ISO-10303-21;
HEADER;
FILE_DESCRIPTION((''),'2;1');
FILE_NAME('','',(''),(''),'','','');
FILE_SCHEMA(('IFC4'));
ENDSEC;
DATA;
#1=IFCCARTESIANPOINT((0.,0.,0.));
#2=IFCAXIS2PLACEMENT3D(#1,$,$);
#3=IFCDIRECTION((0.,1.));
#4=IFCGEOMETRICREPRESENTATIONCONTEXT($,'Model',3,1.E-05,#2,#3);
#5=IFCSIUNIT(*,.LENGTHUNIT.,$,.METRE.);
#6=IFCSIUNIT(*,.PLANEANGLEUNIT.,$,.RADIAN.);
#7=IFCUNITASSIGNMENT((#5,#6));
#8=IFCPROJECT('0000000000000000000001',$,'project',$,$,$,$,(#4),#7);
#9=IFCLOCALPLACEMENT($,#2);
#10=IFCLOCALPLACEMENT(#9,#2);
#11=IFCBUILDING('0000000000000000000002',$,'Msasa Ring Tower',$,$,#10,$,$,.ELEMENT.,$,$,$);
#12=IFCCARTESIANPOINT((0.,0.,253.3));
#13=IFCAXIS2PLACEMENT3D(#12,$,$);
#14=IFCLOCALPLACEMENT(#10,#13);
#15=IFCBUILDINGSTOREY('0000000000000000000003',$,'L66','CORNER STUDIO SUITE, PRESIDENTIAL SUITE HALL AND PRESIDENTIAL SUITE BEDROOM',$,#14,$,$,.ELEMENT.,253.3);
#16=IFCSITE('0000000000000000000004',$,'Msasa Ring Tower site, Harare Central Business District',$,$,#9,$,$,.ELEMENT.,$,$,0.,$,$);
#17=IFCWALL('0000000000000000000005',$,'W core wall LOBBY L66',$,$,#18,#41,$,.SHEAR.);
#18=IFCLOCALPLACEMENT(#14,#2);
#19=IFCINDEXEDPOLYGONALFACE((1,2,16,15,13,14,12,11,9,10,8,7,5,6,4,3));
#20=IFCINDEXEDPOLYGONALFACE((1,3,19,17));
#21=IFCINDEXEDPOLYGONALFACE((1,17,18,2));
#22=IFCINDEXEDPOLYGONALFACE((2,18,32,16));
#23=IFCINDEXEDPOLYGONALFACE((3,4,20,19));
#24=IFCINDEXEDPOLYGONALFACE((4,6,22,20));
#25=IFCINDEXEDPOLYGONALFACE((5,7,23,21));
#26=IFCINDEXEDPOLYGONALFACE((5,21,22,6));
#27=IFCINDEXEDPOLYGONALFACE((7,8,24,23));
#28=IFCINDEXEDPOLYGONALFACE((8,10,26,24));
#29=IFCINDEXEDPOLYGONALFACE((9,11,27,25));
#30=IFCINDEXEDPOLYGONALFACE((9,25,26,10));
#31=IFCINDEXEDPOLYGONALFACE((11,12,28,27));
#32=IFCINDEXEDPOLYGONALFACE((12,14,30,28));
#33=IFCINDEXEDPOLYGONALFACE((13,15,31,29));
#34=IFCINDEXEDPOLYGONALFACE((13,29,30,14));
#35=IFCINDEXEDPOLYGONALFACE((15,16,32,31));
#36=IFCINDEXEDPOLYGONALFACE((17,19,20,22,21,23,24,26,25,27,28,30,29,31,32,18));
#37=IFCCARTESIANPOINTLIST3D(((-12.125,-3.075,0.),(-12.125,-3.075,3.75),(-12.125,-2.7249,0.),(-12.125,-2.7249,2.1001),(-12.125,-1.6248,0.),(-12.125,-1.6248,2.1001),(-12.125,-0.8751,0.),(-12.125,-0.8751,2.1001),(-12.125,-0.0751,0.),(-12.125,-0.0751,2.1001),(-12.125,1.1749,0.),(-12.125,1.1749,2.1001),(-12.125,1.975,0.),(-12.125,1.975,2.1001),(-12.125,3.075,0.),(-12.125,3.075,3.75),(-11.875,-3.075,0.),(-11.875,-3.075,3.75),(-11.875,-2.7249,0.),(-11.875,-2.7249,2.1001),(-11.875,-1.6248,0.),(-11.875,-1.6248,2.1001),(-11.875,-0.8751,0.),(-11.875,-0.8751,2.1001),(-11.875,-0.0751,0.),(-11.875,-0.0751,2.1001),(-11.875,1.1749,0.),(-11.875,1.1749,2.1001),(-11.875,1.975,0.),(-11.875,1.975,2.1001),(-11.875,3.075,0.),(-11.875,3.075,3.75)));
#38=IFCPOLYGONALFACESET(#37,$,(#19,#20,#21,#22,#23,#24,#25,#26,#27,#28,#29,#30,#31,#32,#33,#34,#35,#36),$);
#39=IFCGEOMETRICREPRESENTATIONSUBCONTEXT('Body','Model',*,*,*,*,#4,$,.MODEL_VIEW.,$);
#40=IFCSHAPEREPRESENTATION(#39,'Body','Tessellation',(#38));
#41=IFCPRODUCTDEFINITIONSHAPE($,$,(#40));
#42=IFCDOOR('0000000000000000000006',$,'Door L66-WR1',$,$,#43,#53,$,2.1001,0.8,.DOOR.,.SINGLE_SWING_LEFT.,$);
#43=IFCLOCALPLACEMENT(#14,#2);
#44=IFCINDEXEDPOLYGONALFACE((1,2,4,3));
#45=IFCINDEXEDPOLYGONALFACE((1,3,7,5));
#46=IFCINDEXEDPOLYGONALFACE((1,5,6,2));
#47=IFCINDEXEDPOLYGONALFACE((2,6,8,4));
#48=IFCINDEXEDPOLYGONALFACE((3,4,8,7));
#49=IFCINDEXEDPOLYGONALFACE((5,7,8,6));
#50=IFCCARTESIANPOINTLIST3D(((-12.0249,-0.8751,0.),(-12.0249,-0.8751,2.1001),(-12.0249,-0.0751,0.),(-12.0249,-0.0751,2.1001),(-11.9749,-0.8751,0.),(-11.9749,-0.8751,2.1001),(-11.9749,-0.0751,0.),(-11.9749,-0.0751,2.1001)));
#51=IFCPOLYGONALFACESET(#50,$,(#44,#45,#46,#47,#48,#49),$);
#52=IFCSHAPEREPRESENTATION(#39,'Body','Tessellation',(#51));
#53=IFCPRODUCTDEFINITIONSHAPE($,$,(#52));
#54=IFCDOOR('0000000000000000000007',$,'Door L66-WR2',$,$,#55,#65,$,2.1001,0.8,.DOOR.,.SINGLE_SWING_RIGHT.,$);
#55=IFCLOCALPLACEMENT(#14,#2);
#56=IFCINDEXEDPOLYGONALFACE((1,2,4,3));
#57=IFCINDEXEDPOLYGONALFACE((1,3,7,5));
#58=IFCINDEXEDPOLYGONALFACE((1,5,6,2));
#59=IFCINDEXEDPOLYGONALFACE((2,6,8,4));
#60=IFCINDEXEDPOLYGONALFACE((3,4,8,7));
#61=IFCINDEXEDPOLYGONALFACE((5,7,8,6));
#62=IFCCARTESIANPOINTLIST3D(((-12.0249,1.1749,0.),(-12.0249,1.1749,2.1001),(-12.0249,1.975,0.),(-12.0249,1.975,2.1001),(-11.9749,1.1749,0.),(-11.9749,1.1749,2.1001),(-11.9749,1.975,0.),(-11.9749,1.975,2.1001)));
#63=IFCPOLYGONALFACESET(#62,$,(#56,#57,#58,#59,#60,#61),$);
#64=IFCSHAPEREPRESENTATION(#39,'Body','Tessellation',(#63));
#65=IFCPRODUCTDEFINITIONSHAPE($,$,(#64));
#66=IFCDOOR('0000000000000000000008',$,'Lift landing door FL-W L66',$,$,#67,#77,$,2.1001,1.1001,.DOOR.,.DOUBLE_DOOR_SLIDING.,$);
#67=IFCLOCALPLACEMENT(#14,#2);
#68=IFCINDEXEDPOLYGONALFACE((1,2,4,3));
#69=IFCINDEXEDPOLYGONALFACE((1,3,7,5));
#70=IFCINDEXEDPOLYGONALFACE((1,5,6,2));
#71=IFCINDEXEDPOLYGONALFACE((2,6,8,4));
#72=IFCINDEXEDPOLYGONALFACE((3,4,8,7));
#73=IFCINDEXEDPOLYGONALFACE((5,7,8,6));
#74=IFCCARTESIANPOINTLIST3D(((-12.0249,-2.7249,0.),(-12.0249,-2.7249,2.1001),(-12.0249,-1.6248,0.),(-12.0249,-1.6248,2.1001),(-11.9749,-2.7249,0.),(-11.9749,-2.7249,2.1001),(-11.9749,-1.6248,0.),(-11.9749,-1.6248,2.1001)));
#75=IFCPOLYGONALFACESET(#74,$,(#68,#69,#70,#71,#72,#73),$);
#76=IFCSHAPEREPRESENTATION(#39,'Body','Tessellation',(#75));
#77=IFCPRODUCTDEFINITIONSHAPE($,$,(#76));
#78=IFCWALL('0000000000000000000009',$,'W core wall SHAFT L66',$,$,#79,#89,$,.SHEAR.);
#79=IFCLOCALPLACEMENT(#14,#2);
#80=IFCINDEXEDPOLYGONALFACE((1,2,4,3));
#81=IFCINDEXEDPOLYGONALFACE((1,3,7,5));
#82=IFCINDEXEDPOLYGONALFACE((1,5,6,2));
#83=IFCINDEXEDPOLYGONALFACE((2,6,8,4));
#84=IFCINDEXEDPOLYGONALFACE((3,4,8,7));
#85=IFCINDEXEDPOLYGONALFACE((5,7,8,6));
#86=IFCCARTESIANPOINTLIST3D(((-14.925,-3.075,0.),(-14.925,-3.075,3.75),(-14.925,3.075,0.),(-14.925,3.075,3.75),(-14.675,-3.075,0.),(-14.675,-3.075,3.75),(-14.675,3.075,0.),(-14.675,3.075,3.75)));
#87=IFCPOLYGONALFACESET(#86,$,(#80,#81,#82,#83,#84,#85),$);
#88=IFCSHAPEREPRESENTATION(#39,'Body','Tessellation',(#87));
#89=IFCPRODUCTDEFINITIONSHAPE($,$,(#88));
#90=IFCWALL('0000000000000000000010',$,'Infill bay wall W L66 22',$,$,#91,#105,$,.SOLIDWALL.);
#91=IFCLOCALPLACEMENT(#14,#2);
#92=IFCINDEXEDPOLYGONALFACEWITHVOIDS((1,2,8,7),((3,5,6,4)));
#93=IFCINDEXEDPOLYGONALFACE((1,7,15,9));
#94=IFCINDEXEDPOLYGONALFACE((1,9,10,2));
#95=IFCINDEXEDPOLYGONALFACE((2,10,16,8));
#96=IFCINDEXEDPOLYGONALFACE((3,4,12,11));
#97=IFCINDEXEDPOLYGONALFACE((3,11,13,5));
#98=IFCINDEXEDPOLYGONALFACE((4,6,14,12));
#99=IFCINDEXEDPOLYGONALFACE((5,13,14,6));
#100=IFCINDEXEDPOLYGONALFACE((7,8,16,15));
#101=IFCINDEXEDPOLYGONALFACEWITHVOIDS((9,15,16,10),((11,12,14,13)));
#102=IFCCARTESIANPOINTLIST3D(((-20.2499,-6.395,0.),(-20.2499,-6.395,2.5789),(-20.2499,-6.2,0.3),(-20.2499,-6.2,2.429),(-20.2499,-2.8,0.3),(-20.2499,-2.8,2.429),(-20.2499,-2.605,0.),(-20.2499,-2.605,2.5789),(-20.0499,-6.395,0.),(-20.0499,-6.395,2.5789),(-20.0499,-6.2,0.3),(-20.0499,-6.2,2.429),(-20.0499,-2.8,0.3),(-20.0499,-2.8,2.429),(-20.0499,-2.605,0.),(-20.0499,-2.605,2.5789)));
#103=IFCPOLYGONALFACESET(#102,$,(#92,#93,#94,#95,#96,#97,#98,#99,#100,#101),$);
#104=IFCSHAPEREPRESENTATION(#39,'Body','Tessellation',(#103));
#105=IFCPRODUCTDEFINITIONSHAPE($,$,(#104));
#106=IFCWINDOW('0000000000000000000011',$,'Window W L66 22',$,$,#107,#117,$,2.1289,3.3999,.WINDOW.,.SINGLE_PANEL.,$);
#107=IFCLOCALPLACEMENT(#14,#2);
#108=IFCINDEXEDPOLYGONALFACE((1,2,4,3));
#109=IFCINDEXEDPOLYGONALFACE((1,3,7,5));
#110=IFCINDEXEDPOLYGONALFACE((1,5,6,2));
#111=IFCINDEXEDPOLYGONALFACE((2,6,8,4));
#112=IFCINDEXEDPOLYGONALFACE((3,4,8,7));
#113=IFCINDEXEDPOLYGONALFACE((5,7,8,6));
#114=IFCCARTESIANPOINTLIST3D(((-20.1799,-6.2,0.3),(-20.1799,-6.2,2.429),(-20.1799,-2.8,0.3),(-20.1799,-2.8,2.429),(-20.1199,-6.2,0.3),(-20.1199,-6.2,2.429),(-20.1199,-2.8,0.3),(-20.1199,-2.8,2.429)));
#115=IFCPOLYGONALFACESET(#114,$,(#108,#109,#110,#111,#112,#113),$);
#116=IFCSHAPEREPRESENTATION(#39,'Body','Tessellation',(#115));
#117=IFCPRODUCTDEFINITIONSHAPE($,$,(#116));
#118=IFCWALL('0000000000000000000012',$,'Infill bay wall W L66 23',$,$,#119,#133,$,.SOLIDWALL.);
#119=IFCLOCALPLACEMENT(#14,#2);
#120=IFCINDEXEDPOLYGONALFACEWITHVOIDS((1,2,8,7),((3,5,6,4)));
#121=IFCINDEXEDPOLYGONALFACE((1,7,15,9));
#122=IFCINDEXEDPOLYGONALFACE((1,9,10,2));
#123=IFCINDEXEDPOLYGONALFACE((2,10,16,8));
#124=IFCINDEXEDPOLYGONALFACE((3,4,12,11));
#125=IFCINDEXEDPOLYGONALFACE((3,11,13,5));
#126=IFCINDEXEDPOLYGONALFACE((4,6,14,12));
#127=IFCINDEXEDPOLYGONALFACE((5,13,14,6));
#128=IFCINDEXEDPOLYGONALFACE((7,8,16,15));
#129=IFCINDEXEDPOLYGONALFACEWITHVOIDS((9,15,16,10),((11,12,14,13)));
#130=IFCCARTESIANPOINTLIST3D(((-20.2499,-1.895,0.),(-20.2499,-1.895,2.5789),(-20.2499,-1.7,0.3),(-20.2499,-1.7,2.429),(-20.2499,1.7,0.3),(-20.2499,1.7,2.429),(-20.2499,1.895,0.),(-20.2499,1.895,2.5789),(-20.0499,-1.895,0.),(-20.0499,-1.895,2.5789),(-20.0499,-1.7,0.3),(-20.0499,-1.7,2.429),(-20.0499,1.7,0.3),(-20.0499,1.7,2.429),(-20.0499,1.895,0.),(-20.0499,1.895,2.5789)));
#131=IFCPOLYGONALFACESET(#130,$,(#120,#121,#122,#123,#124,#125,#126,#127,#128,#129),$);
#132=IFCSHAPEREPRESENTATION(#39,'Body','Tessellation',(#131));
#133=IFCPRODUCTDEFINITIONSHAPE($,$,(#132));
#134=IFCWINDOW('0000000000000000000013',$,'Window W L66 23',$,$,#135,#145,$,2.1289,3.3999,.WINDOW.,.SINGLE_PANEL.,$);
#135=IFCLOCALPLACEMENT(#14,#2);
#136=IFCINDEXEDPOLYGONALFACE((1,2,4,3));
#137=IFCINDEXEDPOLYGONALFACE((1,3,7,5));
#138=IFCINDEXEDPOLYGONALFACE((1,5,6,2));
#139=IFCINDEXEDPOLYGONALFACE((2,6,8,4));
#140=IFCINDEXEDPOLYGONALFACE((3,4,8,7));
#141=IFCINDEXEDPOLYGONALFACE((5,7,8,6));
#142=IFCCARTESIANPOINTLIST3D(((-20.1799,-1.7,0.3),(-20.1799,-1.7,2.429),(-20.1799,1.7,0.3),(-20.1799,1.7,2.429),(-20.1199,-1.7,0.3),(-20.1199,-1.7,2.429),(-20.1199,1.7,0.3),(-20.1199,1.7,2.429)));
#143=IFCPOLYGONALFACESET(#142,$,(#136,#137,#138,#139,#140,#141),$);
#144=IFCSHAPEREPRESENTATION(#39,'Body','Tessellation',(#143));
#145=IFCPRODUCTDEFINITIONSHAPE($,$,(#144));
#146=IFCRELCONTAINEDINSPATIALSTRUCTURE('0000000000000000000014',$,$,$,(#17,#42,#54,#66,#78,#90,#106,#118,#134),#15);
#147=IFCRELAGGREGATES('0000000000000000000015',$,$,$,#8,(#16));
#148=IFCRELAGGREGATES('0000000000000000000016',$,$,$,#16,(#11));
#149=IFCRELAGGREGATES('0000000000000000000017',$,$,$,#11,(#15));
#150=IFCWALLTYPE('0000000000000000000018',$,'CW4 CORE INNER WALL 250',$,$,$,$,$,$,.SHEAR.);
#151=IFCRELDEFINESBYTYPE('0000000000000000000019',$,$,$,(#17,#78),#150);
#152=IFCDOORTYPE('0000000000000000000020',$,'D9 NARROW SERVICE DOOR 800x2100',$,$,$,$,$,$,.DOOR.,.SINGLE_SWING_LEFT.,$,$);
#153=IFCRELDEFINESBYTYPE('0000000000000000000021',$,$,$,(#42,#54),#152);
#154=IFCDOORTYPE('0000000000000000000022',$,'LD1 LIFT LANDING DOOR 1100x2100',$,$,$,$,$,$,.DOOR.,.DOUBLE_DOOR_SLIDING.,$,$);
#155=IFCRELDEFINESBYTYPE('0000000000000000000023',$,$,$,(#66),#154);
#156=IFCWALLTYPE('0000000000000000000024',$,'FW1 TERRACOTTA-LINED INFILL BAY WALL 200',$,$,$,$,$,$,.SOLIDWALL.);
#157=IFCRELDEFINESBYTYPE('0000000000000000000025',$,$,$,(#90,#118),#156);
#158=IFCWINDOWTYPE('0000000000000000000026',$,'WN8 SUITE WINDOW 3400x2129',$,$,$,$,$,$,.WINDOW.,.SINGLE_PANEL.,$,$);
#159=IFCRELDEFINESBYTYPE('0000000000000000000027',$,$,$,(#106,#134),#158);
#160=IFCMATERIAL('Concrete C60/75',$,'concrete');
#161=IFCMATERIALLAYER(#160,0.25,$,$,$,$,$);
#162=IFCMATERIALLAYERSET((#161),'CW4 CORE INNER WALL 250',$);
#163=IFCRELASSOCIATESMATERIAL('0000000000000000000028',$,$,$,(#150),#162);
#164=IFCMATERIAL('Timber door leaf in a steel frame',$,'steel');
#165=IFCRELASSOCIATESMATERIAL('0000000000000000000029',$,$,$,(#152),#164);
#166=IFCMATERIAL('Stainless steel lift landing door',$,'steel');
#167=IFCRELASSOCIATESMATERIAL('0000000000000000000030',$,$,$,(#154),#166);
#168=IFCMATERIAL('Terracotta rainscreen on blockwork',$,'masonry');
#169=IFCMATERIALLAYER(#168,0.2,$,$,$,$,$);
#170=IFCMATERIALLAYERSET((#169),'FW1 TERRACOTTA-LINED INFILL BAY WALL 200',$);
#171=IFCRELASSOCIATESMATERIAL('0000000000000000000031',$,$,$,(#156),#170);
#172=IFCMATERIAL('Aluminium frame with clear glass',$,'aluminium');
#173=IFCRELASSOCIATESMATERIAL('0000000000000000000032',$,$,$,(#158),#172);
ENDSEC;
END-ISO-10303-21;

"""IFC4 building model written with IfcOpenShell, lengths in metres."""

from ifc_helpers import new_model, si_unit, direction, frame, frame_2d, origin, place, context, subcontext, project, spatial, rectangle, extrude, material, layer, layer_set, type_object, element, fill, save


model = new_model("IFC4")

# Units and contexts
model_context = context("Model", 3, precision=1e-05, world=origin(), true_north=direction((0.0, 1.0)))
body_context = subcontext(model_context, "Body", "Model", "MODEL_VIEW")
ifc_project = project(units=[si_unit("LENGTHUNIT", "METRE"), si_unit("PLANEANGLEUNIT", "RADIAN")], contexts=[model_context])

# Site, building, storey
site_placement = place(None, origin())
site = spatial("IfcSite", under=ifc_project, at=site_placement, Name="Msasa Ring Tower site, Harare Central Business District", CompositionType="ELEMENT", RefElevation=0.0)
building_placement = place(site_placement, origin())
building = spatial("IfcBuilding", under=site, at=building_placement, Name="Msasa Ring Tower", CompositionType="ELEMENT")
storey_placement = place(building_placement, frame((0.0, 0.0, 253.3)))
storey = spatial("IfcBuildingStorey", under=building, at=storey_placement, Name="L66", Description="CORNER STUDIO SUITE, PRESIDENTIAL SUITE HALL AND PRESIDENTIAL SUITE BEDROOM", CompositionType="ELEMENT", Elevation=253.3)

# Shared definitions
ifc_material_1 = material(Name="Concrete C60/75", Category="concrete")
ifc_layer_1 = layer(ifc_material_1, 0.25)
ifc_layer_set_1 = layer_set([ifc_layer_1], Name="CW4 CORE INNER WALL 250")
wall_type_1 = type_object("IfcWallType", Name="CW4 CORE INNER WALL 250", PredefinedType="SHEAR", material=ifc_layer_set_1)

# Wall, openings, doors
wall_1_placement = place(storey_placement, frame((-12.0, -3.075, 0.0), z_axis=(0.0, 0.0, 1.0), x_axis=(0.0, 1.0, 0.0)))
wall_1 = element("IfcWall", 1, at=wall_1_placement, inside=storey, type_object=wall_type_1, Name="W core wall LOBBY L66", PredefinedType="SHEAR", context=body_context, shape_type="SweptSolid", body=[
    extrude(rectangle(XDim=6.1499, YDim=0.25, at=frame_2d((3.075, 0.0))), origin(), (0.0, 0.0, 1.0), 3.75),
])
opening_1_placement = place(wall_1_placement, frame((2.2, 0.0, 0.0)))
opening_1 = element("IfcOpeningElement", 2, at=opening_1_placement, cuts=wall_1, PredefinedType="OPENING", context=body_context, shape_type="SweptSolid", body=[
    extrude(rectangle(XDim=0.8, YDim=2.1001, at=frame_2d((0.3999, 1.05))), frame((0.0, 0.135, 0.0), z_axis=(0.0, -1.0, 0.0), x_axis=(1.0, 0.0, 0.0)), (0.0, 0.0, 1.0), 0.27),
])
opening_2_placement = place(wall_1_placement, frame((4.25, 0.0, 0.0)))
opening_2 = element("IfcOpeningElement", 3, at=opening_2_placement, cuts=wall_1, PredefinedType="OPENING", context=body_context, shape_type="SweptSolid", body=[
    extrude(rectangle(XDim=0.8, YDim=2.1001, at=frame_2d((0.3999, 1.05))), frame((0.0, 0.135, 0.0), z_axis=(0.0, -1.0, 0.0), x_axis=(1.0, 0.0, 0.0)), (0.0, 0.0, 1.0), 0.27),
])
opening_3_placement = place(wall_1_placement, frame((0.3501, 0.0, 0.0)))
opening_3 = element("IfcOpeningElement", 4, at=opening_3_placement, cuts=wall_1, PredefinedType="OPENING", context=body_context, shape_type="SweptSolid", body=[
    extrude(rectangle(XDim=1.1001, YDim=2.1001, at=frame_2d((0.55, 1.05))), frame((0.0, 0.135, 0.0), z_axis=(0.0, -1.0, 0.0), x_axis=(1.0, 0.0, 0.0)), (0.0, 0.0, 1.0), 0.27),
])
ifc_material_2 = material(Name="Timber door leaf in a steel frame", Category="steel")
door_type_1 = type_object("IfcDoorType", Name="D9 NARROW SERVICE DOOR 800x2100", OperationType="SINGLE_SWING_LEFT", PredefinedType="DOOR", material=ifc_material_2)
door_1_placement = place(opening_1_placement, origin())
door_1 = element("IfcDoor", 5, at=door_1_placement, inside=storey, type_object=door_type_1, Name="Door L66-WR1", OperationType="SINGLE_SWING_LEFT", OverallHeight=2.1001, OverallWidth=0.8, PredefinedType="DOOR", context=body_context, shape_type="SweptSolid", body=[
    extrude(rectangle(XDim=0.8, YDim=2.1001, at=frame_2d((0.3999, 1.05))), frame((0.0, 0.0249, 0.0), z_axis=(0.0, -1.0, 0.0), x_axis=(1.0, 0.0, 0.0)), (0.0, 0.0, 1.0), 0.05),
])
fill(opening_1, door_1)
door_2_placement = place(opening_2_placement, origin())
door_2 = element("IfcDoor", 6, at=door_2_placement, inside=storey, type_object=door_type_1, Name="Door L66-WR2", OperationType="SINGLE_SWING_RIGHT", OverallHeight=2.1001, OverallWidth=0.8, PredefinedType="DOOR", context=body_context, shape_type="SweptSolid", body=[
    extrude(rectangle(XDim=0.8, YDim=2.1001, at=frame_2d((0.3999, 1.05))), frame((0.0, 0.0249, 0.0), z_axis=(0.0, -1.0, 0.0), x_axis=(1.0, 0.0, 0.0)), (0.0, 0.0, 1.0), 0.05),
])
fill(opening_2, door_2)
ifc_material_3 = material(Name="Stainless steel lift landing door", Category="steel")
door_type_2 = type_object("IfcDoorType", Name="LD1 LIFT LANDING DOOR 1100x2100", OperationType="DOUBLE_DOOR_SLIDING", PredefinedType="DOOR", material=ifc_material_3)
door_3_placement = place(opening_3_placement, origin())
door_3 = element("IfcDoor", 7, at=door_3_placement, inside=storey, type_object=door_type_2, Name="Lift landing door FL-W L66", OperationType="DOUBLE_DOOR_SLIDING", OverallHeight=2.1001, OverallWidth=1.1001, PredefinedType="DOOR", context=body_context, shape_type="SweptSolid", body=[
    extrude(rectangle(XDim=1.1001, YDim=2.1001, at=frame_2d((0.55, 1.05))), frame((0.0, 0.0249, 0.0), z_axis=(0.0, -1.0, 0.0), x_axis=(1.0, 0.0, 0.0)), (0.0, 0.0, 1.0), 0.05),
])
fill(opening_3, door_3)

# Wall
wall_2_placement = place(storey_placement, frame((-14.8, -3.075, 0.0), z_axis=(0.0, 0.0, 1.0), x_axis=(0.0, 1.0, 0.0)))
element("IfcWall", 8, at=wall_2_placement, inside=storey, type_object=wall_type_1, Name="W core wall SHAFT L66", PredefinedType="SHEAR", context=body_context, shape_type="SweptSolid", body=[
    extrude(rectangle(XDim=6.1499, YDim=0.25, at=frame_2d((3.075, 0.0))), origin(), (0.0, 0.0, 1.0), 3.75),
])

# Walls, openings, windows
ifc_material_4 = material(Name="Terracotta rainscreen on blockwork", Category="masonry")
ifc_layer_2 = layer(ifc_material_4, 0.2)
ifc_layer_set_2 = layer_set([ifc_layer_2], Name="FW1 TERRACOTTA-LINED INFILL BAY WALL 200")
wall_type_2 = type_object("IfcWallType", Name="FW1 TERRACOTTA-LINED INFILL BAY WALL 200", PredefinedType="SOLIDWALL", material=ifc_layer_set_2)
wall_3_placement = place(storey_placement, frame((-20.1499, -6.395, 0.0), z_axis=(0.0, 0.0, 1.0), x_axis=(0.0, 1.0, 0.0)))
wall_3 = element("IfcWall", 9, at=wall_3_placement, inside=storey, type_object=wall_type_2, Name="Infill bay wall W L66 22", PredefinedType="SOLIDWALL", context=body_context, shape_type="SweptSolid", body=[
    extrude(rectangle(XDim=3.79, YDim=0.2, at=frame_2d((1.895, 0.0))), origin(), (0.0, 0.0, 1.0), 2.5789),
])
opening_4_placement = place(wall_3_placement, frame((0.1951, 0.0, 0.3)))
opening_4 = element("IfcOpeningElement", 10, at=opening_4_placement, cuts=wall_3, PredefinedType="OPENING", context=body_context, shape_type="SweptSolid", body=[
    extrude(rectangle(XDim=3.3999, YDim=2.1289, at=frame_2d((1.7, 1.0645))), frame((0.0, 0.1099, 0.0), z_axis=(0.0, -1.0, 0.0), x_axis=(1.0, 0.0, 0.0)), (0.0, 0.0, 1.0), 0.22),
])
ifc_material_5 = material(Name="Aluminium frame with clear glass", Category="aluminium")
window_type = type_object("IfcWindowType", Name="WN8 SUITE WINDOW 3400x2129", PartitioningType="SINGLE_PANEL", PredefinedType="WINDOW", material=ifc_material_5)
window_1_placement = place(opening_4_placement, origin())
window_1 = element("IfcWindow", 11, at=window_1_placement, inside=storey, type_object=window_type, Name="Window W L66 22", OverallHeight=2.1289, OverallWidth=3.3999, PartitioningType="SINGLE_PANEL", PredefinedType="WINDOW", context=body_context, shape_type="SweptSolid", body=[
    extrude(rectangle(XDim=3.3999, YDim=2.1289, at=frame_2d((1.7, 1.0645))), frame((0.0, 0.03, 0.0), z_axis=(0.0, -1.0, 0.0), x_axis=(1.0, 0.0, 0.0)), (0.0, 0.0, 1.0), 0.0601),
])
fill(opening_4, window_1)
wall_4_placement = place(storey_placement, frame((-20.1499, -1.895, 0.0), z_axis=(0.0, 0.0, 1.0), x_axis=(0.0, 1.0, 0.0)))
wall_4 = element("IfcWall", 12, at=wall_4_placement, inside=storey, type_object=wall_type_2, Name="Infill bay wall W L66 23", PredefinedType="SOLIDWALL", context=body_context, shape_type="SweptSolid", body=[
    extrude(rectangle(XDim=3.79, YDim=0.2, at=frame_2d((1.895, 0.0))), origin(), (0.0, 0.0, 1.0), 2.5789),
])
opening_5_placement = place(wall_4_placement, frame((0.1951, 0.0, 0.3)))
opening_5 = element("IfcOpeningElement", 13, at=opening_5_placement, cuts=wall_4, PredefinedType="OPENING", context=body_context, shape_type="SweptSolid", body=[
    extrude(rectangle(XDim=3.3999, YDim=2.1289, at=frame_2d((1.7, 1.0645))), frame((0.0, 0.1099, 0.0), z_axis=(0.0, -1.0, 0.0), x_axis=(1.0, 0.0, 0.0)), (0.0, 0.0, 1.0), 0.22),
])
window_2_placement = place(opening_5_placement, origin())
window_2 = element("IfcWindow", 14, at=window_2_placement, inside=storey, type_object=window_type, Name="Window W L66 23", OverallHeight=2.1289, OverallWidth=3.3999, PartitioningType="SINGLE_PANEL", PredefinedType="WINDOW", context=body_context, shape_type="SweptSolid", body=[
    extrude(rectangle(XDim=3.3999, YDim=2.1289, at=frame_2d((1.7, 1.0645))), frame((0.0, 0.03, 0.0), z_axis=(0.0, -1.0, 0.0), x_axis=(1.0, 0.0, 0.0)), (0.0, 0.0, 1.0), 0.0601),
])
fill(opening_5, window_2)

save(model, "model.ifc")
